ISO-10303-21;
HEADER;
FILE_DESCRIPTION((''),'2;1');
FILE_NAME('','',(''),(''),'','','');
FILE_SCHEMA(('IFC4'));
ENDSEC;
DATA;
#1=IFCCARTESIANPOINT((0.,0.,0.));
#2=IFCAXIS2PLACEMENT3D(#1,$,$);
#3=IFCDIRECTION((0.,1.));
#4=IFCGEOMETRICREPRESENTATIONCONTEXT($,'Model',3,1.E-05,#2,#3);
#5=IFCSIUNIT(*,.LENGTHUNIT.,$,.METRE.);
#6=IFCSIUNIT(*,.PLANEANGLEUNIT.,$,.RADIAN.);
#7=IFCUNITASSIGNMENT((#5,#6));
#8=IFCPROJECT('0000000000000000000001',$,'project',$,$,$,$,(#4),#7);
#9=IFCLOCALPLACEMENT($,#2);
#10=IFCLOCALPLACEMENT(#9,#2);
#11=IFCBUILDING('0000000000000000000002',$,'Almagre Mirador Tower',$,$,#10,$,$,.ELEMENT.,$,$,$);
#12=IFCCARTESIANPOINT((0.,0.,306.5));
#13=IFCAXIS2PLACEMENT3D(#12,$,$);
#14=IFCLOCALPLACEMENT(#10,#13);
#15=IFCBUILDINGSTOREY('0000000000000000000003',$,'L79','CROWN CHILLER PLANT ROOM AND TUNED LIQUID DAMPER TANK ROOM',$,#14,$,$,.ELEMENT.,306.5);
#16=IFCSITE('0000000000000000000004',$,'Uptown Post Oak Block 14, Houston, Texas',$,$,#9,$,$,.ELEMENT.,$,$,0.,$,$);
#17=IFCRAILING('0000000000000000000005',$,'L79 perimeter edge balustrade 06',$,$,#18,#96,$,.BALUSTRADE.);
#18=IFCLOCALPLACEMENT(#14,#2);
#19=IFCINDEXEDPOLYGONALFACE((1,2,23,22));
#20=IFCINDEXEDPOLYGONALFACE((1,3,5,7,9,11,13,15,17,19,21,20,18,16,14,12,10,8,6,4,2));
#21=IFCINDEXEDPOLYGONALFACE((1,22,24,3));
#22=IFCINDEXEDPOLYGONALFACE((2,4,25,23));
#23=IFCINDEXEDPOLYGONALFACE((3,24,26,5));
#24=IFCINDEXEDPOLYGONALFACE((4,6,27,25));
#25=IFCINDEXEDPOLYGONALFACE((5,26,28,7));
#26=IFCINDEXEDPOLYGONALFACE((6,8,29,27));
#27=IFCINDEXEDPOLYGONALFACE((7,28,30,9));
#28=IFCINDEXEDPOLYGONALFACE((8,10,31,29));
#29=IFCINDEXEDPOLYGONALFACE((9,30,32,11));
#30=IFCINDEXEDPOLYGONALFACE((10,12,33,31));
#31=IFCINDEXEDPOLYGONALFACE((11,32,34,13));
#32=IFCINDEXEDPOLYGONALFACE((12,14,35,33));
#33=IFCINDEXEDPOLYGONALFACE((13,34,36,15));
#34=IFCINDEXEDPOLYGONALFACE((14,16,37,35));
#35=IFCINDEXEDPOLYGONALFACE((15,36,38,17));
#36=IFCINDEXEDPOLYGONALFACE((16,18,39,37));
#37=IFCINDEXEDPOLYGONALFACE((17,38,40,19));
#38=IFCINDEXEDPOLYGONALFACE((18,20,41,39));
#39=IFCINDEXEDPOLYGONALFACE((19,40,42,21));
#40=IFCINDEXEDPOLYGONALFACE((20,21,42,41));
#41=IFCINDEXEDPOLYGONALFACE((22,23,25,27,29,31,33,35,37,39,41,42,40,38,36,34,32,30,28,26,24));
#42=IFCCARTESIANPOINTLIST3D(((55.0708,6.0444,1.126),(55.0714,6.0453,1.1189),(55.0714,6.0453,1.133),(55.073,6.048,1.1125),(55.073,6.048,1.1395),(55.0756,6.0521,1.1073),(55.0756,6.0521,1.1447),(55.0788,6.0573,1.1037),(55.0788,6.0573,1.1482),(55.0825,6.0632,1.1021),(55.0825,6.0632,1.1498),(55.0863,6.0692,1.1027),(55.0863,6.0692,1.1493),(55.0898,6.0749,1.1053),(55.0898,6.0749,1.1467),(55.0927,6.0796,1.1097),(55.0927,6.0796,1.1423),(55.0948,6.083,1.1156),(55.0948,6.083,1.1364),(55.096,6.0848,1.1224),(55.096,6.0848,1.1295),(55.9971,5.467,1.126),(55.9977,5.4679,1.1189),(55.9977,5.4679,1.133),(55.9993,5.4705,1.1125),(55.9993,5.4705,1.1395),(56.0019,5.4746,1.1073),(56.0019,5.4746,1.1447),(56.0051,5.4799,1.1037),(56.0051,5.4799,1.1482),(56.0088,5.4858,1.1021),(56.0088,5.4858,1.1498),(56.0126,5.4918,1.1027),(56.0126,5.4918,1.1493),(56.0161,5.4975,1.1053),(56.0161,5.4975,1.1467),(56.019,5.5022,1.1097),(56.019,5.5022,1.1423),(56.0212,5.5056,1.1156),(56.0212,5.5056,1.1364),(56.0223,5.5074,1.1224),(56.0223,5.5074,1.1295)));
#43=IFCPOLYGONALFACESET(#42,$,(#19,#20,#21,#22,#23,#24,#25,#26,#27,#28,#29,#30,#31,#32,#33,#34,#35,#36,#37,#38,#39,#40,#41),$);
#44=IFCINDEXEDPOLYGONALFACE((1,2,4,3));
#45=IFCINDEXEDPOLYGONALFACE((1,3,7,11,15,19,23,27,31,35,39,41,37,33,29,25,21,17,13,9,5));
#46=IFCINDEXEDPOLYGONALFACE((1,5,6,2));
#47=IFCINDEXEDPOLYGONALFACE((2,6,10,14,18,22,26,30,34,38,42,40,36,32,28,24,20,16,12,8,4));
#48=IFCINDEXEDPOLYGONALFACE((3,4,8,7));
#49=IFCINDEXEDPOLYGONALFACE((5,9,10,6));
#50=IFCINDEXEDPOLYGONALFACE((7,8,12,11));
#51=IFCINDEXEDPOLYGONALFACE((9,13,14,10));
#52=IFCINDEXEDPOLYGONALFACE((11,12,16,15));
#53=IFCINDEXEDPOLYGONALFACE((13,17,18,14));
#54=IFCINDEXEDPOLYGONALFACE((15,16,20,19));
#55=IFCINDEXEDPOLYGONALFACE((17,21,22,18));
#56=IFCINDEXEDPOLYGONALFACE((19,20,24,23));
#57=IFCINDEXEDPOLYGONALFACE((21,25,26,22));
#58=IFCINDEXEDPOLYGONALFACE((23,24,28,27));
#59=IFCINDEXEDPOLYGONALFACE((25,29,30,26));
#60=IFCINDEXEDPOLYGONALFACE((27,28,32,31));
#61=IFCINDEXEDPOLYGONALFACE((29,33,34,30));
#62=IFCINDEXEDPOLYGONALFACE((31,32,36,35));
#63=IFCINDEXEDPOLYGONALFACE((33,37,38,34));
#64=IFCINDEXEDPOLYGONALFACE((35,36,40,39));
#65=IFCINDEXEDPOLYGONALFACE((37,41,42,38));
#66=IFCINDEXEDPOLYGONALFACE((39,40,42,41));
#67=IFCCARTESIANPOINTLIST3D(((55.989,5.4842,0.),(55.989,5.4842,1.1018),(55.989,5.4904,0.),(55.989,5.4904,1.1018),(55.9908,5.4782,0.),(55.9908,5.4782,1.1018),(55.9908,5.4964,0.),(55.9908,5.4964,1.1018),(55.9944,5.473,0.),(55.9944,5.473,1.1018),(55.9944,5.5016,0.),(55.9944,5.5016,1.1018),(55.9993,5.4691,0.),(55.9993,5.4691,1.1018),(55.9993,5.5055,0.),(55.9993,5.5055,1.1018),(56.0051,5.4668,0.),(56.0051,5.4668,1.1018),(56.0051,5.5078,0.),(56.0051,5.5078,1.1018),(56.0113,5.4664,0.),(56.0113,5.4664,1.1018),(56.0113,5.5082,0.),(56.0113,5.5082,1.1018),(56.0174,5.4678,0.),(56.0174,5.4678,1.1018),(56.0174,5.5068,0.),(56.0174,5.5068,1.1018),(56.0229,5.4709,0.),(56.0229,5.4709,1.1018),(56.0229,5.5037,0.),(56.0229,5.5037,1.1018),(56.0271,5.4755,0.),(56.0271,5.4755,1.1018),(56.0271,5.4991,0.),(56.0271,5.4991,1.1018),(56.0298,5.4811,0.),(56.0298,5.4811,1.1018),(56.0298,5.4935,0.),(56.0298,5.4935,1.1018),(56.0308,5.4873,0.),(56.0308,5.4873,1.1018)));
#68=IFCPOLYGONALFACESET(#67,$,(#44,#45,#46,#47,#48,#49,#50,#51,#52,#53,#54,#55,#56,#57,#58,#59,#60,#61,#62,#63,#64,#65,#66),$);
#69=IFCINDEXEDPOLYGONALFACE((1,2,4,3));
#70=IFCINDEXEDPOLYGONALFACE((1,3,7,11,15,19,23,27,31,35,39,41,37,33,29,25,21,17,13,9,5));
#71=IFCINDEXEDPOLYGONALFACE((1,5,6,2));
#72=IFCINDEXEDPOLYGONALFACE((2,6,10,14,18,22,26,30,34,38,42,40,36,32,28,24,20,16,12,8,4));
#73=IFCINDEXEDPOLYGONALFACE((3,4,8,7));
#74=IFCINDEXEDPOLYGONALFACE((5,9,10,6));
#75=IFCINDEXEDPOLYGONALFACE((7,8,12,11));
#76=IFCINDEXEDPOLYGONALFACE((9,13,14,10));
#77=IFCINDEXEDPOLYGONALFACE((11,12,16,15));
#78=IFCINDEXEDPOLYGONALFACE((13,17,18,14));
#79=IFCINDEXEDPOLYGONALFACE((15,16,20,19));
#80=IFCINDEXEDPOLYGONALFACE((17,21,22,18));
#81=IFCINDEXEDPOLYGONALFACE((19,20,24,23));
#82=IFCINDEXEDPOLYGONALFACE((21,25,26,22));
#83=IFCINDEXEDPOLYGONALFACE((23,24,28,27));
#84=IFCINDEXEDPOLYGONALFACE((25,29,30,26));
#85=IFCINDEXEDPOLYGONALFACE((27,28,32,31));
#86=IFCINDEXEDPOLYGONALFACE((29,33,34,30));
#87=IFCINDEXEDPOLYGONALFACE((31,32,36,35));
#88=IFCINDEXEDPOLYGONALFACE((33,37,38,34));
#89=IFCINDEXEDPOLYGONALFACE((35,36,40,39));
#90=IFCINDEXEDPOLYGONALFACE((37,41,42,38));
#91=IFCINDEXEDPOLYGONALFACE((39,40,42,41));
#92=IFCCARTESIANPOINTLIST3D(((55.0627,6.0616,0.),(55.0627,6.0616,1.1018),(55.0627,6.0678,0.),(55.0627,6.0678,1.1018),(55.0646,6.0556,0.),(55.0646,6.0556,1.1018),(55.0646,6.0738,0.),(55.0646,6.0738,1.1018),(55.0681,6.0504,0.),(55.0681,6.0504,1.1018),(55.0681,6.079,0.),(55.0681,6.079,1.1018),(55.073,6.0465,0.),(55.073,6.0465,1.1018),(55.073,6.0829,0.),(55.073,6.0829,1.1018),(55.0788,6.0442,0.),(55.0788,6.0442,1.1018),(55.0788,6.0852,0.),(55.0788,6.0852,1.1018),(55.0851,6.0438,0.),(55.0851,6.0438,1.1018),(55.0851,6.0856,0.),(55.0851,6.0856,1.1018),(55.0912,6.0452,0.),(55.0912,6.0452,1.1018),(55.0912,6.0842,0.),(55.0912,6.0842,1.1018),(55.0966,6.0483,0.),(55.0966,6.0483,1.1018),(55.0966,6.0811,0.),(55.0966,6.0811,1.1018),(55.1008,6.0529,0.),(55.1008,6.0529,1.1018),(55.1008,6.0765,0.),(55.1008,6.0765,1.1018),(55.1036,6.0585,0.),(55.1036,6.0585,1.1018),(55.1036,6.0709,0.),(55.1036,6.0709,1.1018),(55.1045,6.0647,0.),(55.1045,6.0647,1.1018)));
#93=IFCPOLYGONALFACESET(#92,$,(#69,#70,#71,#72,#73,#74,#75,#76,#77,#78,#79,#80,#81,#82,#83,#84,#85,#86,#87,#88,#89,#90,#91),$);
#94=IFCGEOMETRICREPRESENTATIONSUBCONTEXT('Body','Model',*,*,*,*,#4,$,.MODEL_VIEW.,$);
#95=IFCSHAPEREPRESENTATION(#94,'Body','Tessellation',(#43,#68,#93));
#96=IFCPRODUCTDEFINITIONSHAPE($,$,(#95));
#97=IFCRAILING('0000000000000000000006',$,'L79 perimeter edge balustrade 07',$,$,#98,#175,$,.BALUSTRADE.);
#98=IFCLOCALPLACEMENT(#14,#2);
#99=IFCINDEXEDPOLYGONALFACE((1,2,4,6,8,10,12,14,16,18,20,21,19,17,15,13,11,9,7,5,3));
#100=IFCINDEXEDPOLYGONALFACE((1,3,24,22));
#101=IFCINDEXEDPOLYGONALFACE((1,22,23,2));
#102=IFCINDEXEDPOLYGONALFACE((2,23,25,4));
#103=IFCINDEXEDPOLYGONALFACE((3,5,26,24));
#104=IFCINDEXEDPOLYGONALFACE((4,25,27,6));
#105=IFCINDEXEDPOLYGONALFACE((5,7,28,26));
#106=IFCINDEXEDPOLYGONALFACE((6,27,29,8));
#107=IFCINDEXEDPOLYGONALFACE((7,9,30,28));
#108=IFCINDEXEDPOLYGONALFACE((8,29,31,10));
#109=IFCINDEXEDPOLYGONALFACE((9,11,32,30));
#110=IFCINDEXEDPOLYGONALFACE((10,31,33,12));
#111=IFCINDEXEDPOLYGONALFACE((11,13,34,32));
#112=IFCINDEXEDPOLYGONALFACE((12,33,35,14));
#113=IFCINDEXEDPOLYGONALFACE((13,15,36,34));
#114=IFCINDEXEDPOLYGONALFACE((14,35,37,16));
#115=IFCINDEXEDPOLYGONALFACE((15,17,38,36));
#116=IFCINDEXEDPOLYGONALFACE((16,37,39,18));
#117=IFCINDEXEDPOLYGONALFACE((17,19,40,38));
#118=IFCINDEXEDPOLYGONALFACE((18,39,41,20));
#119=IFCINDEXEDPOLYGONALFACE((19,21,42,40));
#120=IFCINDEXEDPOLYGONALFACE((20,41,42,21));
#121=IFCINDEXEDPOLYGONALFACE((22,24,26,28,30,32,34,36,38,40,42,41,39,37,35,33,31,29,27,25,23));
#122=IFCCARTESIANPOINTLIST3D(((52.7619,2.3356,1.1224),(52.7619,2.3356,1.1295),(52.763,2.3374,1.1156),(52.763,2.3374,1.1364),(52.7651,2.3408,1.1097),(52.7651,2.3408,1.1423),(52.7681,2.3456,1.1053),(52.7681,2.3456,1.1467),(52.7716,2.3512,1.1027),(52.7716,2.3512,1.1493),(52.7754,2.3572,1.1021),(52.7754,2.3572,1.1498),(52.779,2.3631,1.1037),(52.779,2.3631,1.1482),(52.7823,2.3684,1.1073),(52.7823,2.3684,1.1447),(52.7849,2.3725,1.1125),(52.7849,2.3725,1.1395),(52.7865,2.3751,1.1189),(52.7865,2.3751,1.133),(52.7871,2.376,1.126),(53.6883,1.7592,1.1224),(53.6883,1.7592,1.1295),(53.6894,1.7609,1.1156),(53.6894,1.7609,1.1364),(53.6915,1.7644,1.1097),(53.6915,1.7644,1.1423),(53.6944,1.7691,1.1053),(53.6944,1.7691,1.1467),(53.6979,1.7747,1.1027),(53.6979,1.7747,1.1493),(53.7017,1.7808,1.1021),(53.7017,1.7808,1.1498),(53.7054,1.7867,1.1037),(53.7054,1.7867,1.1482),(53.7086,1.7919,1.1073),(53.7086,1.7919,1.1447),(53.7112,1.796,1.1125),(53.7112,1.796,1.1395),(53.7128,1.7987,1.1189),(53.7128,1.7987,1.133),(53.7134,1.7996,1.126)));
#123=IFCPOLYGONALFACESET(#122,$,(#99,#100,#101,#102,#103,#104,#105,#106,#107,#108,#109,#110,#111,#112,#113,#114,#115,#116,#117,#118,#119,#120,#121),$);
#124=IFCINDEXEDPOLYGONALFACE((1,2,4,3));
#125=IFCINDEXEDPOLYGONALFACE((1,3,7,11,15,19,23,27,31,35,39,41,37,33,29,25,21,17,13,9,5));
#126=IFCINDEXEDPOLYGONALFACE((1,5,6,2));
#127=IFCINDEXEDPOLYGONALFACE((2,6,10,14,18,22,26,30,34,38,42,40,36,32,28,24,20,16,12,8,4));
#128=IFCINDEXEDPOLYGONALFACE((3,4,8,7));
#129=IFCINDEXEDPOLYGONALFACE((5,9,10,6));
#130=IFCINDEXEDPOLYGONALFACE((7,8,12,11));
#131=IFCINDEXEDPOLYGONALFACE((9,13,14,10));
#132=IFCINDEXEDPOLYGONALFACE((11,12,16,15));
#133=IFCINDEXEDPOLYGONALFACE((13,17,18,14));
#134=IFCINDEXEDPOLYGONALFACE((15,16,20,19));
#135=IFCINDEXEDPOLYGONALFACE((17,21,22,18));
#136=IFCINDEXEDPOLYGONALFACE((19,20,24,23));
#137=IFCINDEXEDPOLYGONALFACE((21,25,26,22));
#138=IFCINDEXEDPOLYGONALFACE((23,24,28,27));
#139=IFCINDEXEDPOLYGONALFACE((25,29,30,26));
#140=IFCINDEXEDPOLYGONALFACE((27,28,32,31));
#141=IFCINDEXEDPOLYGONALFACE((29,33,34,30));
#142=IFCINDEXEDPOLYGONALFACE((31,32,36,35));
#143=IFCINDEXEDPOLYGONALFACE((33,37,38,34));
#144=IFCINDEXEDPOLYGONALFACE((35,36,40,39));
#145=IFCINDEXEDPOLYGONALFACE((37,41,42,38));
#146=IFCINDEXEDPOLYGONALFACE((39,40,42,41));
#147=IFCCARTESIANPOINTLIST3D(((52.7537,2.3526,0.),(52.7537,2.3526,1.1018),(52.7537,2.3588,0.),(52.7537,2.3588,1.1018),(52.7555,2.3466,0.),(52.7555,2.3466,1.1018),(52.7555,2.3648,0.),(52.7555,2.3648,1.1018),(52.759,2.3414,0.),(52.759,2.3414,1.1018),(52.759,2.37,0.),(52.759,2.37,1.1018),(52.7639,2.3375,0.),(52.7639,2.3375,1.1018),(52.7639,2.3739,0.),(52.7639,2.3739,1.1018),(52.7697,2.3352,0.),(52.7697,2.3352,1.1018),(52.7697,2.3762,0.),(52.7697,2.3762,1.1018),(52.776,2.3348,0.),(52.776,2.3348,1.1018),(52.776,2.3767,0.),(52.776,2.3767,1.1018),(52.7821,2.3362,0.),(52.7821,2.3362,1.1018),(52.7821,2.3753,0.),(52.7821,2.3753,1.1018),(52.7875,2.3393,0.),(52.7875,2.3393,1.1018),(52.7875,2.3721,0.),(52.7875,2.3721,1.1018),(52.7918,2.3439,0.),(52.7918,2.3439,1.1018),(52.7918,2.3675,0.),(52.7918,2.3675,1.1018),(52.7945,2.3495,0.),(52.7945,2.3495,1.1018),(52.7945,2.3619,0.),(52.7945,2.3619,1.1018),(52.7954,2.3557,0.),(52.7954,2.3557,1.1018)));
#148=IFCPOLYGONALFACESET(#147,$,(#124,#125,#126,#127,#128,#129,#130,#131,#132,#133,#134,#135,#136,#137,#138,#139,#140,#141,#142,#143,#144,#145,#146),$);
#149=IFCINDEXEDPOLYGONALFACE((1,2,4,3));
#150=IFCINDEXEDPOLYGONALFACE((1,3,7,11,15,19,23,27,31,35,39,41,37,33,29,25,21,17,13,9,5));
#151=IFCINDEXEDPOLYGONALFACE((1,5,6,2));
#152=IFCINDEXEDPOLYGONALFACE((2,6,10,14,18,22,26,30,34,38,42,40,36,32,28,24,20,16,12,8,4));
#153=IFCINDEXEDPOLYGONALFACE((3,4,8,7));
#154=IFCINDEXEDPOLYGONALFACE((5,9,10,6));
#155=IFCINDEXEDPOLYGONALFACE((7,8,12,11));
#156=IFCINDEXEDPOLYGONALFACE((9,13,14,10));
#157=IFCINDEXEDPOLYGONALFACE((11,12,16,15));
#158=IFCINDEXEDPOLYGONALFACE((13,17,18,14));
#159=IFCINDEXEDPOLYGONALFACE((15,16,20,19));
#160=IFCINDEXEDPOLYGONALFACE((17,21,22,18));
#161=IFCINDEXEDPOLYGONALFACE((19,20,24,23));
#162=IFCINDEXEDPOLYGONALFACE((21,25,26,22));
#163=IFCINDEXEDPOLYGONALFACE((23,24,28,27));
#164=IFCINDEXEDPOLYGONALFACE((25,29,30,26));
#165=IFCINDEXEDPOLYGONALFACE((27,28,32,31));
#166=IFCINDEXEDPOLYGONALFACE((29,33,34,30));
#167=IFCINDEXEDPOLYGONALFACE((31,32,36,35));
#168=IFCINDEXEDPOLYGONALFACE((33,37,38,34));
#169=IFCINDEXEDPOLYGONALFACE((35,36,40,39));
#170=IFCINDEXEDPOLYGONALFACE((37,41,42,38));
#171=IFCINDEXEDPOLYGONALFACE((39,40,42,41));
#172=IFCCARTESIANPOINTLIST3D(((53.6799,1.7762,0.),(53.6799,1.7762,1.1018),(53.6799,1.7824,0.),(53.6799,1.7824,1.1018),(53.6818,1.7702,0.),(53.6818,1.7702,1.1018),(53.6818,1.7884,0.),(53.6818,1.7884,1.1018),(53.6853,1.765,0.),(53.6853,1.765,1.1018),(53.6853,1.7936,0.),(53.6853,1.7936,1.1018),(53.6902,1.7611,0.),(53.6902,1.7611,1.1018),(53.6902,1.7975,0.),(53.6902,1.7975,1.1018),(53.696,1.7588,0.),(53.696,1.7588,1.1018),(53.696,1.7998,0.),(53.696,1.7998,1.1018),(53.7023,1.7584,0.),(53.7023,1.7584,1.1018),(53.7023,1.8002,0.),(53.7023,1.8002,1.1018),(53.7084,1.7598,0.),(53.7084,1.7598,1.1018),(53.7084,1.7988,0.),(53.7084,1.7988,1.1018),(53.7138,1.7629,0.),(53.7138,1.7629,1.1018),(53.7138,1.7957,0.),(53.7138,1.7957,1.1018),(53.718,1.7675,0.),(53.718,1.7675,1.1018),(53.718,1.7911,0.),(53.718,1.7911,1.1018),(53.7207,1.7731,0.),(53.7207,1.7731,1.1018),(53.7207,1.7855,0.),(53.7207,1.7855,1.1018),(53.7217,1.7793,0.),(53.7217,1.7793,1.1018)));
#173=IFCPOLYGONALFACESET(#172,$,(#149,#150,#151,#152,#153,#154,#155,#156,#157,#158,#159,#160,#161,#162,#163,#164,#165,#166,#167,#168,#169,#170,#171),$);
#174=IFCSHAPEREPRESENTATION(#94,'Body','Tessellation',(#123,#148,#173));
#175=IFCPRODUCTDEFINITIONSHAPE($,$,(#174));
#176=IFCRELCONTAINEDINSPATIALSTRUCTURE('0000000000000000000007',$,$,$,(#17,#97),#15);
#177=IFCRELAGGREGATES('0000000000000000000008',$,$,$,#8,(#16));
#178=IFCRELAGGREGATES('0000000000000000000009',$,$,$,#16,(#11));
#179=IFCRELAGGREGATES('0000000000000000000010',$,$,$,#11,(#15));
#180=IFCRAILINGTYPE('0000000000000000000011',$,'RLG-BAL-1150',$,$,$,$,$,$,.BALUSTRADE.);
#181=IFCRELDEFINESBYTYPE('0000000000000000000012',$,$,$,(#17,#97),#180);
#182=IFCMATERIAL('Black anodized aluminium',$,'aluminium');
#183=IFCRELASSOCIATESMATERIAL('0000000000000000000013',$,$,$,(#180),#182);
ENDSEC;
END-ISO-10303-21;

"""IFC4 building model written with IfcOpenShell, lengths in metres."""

from ifc_helpers import new_model, si_unit, direction, frame, origin, origin_2d, place, context, subcontext, project, spatial, circle, extrude, material, type_object, element, save


model = new_model("IFC4")

# Units and contexts
model_context = context("Model", 3, precision=1e-05, world=origin(), true_north=direction((0.0, 1.0)))
body_context = subcontext(model_context, "Body", "Model", "MODEL_VIEW")
ifc_project = project(units=[si_unit("LENGTHUNIT", "METRE"), si_unit("PLANEANGLEUNIT", "RADIAN")], contexts=[model_context])

# Site, building, storey
site_placement = place(None, origin())
site = spatial("IfcSite", under=ifc_project, at=site_placement, Name="Uptown Post Oak Block 14, Houston, Texas", CompositionType="ELEMENT", RefElevation=0.0)
building_placement = place(site_placement, origin())
building = spatial("IfcBuilding", under=site, at=building_placement, Name="Almagre Mirador Tower", CompositionType="ELEMENT")
storey_placement = place(building_placement, frame((0.0, 0.0, 306.5)))
storey = spatial("IfcBuildingStorey", under=building, at=storey_placement, Name="L79", Description="CROWN CHILLER PLANT ROOM AND TUNED LIQUID DAMPER TANK ROOM", CompositionType="ELEMENT", Elevation=306.5)

# Railings
ifc_material_1 = material(Name="Black anodized aluminium", Category="aluminium")
railing_type_1 = type_object("IfcRailingType", Name="RLG-BAL-1150", PredefinedType="BALUSTRADE", material=ifc_material_1)
railing_1_placement = place(storey_placement, frame((56.0098, 5.4873, 0.0)))
element("IfcRailing", 1, at=railing_1_placement, inside=storey, type_object=railing_type_1, Name="L79 perimeter edge balustrade 06", PredefinedType="BALUSTRADE", context=body_context, shape_type="SweptSolid", body=[
    extrude(circle(Radius=0.0239, at=origin_2d()), frame((0.0, 0.0, 1.126), z_axis=(-0.848626, 0.528993, 0.0), x_axis=(-0.528993, -0.848626, 0.0)), (0.0, 0.0, 1.0), 1.0916),
    extrude(circle(Radius=0.021, at=origin_2d()), origin(), (0.0, 0.0, 1.0), 1.1018),
    extrude(circle(Radius=0.021, at=origin_2d()), frame((-0.9263, 0.5774, 0.0)), (0.0, 0.0, 1.0), 1.1018),
])
railing_2_placement = place(storey_placement, frame((52.7744, 2.3557, 0.0)))
element("IfcRailing", 2, at=railing_2_placement, inside=storey, type_object=railing_type_1, Name="L79 perimeter edge balustrade 07", PredefinedType="BALUSTRADE", context=body_context, shape_type="SweptSolid", body=[
    extrude(circle(Radius=0.0239, at=origin_2d()), frame((0.0, 0.0, 1.126), z_axis=(0.849028, -0.528348, 0.0), x_axis=(0.528348, 0.849028, 0.0)), (0.0, 0.0, 1.0), 1.0911),
    extrude(circle(Radius=0.021, at=origin_2d()), origin(), (0.0, 0.0, 1.0), 1.1018),
    extrude(circle(Radius=0.021, at=origin_2d()), frame((0.9263, -0.5764, 0.0)), (0.0, 0.0, 1.0), 1.1018),
])

save(model, "model.ifc")
